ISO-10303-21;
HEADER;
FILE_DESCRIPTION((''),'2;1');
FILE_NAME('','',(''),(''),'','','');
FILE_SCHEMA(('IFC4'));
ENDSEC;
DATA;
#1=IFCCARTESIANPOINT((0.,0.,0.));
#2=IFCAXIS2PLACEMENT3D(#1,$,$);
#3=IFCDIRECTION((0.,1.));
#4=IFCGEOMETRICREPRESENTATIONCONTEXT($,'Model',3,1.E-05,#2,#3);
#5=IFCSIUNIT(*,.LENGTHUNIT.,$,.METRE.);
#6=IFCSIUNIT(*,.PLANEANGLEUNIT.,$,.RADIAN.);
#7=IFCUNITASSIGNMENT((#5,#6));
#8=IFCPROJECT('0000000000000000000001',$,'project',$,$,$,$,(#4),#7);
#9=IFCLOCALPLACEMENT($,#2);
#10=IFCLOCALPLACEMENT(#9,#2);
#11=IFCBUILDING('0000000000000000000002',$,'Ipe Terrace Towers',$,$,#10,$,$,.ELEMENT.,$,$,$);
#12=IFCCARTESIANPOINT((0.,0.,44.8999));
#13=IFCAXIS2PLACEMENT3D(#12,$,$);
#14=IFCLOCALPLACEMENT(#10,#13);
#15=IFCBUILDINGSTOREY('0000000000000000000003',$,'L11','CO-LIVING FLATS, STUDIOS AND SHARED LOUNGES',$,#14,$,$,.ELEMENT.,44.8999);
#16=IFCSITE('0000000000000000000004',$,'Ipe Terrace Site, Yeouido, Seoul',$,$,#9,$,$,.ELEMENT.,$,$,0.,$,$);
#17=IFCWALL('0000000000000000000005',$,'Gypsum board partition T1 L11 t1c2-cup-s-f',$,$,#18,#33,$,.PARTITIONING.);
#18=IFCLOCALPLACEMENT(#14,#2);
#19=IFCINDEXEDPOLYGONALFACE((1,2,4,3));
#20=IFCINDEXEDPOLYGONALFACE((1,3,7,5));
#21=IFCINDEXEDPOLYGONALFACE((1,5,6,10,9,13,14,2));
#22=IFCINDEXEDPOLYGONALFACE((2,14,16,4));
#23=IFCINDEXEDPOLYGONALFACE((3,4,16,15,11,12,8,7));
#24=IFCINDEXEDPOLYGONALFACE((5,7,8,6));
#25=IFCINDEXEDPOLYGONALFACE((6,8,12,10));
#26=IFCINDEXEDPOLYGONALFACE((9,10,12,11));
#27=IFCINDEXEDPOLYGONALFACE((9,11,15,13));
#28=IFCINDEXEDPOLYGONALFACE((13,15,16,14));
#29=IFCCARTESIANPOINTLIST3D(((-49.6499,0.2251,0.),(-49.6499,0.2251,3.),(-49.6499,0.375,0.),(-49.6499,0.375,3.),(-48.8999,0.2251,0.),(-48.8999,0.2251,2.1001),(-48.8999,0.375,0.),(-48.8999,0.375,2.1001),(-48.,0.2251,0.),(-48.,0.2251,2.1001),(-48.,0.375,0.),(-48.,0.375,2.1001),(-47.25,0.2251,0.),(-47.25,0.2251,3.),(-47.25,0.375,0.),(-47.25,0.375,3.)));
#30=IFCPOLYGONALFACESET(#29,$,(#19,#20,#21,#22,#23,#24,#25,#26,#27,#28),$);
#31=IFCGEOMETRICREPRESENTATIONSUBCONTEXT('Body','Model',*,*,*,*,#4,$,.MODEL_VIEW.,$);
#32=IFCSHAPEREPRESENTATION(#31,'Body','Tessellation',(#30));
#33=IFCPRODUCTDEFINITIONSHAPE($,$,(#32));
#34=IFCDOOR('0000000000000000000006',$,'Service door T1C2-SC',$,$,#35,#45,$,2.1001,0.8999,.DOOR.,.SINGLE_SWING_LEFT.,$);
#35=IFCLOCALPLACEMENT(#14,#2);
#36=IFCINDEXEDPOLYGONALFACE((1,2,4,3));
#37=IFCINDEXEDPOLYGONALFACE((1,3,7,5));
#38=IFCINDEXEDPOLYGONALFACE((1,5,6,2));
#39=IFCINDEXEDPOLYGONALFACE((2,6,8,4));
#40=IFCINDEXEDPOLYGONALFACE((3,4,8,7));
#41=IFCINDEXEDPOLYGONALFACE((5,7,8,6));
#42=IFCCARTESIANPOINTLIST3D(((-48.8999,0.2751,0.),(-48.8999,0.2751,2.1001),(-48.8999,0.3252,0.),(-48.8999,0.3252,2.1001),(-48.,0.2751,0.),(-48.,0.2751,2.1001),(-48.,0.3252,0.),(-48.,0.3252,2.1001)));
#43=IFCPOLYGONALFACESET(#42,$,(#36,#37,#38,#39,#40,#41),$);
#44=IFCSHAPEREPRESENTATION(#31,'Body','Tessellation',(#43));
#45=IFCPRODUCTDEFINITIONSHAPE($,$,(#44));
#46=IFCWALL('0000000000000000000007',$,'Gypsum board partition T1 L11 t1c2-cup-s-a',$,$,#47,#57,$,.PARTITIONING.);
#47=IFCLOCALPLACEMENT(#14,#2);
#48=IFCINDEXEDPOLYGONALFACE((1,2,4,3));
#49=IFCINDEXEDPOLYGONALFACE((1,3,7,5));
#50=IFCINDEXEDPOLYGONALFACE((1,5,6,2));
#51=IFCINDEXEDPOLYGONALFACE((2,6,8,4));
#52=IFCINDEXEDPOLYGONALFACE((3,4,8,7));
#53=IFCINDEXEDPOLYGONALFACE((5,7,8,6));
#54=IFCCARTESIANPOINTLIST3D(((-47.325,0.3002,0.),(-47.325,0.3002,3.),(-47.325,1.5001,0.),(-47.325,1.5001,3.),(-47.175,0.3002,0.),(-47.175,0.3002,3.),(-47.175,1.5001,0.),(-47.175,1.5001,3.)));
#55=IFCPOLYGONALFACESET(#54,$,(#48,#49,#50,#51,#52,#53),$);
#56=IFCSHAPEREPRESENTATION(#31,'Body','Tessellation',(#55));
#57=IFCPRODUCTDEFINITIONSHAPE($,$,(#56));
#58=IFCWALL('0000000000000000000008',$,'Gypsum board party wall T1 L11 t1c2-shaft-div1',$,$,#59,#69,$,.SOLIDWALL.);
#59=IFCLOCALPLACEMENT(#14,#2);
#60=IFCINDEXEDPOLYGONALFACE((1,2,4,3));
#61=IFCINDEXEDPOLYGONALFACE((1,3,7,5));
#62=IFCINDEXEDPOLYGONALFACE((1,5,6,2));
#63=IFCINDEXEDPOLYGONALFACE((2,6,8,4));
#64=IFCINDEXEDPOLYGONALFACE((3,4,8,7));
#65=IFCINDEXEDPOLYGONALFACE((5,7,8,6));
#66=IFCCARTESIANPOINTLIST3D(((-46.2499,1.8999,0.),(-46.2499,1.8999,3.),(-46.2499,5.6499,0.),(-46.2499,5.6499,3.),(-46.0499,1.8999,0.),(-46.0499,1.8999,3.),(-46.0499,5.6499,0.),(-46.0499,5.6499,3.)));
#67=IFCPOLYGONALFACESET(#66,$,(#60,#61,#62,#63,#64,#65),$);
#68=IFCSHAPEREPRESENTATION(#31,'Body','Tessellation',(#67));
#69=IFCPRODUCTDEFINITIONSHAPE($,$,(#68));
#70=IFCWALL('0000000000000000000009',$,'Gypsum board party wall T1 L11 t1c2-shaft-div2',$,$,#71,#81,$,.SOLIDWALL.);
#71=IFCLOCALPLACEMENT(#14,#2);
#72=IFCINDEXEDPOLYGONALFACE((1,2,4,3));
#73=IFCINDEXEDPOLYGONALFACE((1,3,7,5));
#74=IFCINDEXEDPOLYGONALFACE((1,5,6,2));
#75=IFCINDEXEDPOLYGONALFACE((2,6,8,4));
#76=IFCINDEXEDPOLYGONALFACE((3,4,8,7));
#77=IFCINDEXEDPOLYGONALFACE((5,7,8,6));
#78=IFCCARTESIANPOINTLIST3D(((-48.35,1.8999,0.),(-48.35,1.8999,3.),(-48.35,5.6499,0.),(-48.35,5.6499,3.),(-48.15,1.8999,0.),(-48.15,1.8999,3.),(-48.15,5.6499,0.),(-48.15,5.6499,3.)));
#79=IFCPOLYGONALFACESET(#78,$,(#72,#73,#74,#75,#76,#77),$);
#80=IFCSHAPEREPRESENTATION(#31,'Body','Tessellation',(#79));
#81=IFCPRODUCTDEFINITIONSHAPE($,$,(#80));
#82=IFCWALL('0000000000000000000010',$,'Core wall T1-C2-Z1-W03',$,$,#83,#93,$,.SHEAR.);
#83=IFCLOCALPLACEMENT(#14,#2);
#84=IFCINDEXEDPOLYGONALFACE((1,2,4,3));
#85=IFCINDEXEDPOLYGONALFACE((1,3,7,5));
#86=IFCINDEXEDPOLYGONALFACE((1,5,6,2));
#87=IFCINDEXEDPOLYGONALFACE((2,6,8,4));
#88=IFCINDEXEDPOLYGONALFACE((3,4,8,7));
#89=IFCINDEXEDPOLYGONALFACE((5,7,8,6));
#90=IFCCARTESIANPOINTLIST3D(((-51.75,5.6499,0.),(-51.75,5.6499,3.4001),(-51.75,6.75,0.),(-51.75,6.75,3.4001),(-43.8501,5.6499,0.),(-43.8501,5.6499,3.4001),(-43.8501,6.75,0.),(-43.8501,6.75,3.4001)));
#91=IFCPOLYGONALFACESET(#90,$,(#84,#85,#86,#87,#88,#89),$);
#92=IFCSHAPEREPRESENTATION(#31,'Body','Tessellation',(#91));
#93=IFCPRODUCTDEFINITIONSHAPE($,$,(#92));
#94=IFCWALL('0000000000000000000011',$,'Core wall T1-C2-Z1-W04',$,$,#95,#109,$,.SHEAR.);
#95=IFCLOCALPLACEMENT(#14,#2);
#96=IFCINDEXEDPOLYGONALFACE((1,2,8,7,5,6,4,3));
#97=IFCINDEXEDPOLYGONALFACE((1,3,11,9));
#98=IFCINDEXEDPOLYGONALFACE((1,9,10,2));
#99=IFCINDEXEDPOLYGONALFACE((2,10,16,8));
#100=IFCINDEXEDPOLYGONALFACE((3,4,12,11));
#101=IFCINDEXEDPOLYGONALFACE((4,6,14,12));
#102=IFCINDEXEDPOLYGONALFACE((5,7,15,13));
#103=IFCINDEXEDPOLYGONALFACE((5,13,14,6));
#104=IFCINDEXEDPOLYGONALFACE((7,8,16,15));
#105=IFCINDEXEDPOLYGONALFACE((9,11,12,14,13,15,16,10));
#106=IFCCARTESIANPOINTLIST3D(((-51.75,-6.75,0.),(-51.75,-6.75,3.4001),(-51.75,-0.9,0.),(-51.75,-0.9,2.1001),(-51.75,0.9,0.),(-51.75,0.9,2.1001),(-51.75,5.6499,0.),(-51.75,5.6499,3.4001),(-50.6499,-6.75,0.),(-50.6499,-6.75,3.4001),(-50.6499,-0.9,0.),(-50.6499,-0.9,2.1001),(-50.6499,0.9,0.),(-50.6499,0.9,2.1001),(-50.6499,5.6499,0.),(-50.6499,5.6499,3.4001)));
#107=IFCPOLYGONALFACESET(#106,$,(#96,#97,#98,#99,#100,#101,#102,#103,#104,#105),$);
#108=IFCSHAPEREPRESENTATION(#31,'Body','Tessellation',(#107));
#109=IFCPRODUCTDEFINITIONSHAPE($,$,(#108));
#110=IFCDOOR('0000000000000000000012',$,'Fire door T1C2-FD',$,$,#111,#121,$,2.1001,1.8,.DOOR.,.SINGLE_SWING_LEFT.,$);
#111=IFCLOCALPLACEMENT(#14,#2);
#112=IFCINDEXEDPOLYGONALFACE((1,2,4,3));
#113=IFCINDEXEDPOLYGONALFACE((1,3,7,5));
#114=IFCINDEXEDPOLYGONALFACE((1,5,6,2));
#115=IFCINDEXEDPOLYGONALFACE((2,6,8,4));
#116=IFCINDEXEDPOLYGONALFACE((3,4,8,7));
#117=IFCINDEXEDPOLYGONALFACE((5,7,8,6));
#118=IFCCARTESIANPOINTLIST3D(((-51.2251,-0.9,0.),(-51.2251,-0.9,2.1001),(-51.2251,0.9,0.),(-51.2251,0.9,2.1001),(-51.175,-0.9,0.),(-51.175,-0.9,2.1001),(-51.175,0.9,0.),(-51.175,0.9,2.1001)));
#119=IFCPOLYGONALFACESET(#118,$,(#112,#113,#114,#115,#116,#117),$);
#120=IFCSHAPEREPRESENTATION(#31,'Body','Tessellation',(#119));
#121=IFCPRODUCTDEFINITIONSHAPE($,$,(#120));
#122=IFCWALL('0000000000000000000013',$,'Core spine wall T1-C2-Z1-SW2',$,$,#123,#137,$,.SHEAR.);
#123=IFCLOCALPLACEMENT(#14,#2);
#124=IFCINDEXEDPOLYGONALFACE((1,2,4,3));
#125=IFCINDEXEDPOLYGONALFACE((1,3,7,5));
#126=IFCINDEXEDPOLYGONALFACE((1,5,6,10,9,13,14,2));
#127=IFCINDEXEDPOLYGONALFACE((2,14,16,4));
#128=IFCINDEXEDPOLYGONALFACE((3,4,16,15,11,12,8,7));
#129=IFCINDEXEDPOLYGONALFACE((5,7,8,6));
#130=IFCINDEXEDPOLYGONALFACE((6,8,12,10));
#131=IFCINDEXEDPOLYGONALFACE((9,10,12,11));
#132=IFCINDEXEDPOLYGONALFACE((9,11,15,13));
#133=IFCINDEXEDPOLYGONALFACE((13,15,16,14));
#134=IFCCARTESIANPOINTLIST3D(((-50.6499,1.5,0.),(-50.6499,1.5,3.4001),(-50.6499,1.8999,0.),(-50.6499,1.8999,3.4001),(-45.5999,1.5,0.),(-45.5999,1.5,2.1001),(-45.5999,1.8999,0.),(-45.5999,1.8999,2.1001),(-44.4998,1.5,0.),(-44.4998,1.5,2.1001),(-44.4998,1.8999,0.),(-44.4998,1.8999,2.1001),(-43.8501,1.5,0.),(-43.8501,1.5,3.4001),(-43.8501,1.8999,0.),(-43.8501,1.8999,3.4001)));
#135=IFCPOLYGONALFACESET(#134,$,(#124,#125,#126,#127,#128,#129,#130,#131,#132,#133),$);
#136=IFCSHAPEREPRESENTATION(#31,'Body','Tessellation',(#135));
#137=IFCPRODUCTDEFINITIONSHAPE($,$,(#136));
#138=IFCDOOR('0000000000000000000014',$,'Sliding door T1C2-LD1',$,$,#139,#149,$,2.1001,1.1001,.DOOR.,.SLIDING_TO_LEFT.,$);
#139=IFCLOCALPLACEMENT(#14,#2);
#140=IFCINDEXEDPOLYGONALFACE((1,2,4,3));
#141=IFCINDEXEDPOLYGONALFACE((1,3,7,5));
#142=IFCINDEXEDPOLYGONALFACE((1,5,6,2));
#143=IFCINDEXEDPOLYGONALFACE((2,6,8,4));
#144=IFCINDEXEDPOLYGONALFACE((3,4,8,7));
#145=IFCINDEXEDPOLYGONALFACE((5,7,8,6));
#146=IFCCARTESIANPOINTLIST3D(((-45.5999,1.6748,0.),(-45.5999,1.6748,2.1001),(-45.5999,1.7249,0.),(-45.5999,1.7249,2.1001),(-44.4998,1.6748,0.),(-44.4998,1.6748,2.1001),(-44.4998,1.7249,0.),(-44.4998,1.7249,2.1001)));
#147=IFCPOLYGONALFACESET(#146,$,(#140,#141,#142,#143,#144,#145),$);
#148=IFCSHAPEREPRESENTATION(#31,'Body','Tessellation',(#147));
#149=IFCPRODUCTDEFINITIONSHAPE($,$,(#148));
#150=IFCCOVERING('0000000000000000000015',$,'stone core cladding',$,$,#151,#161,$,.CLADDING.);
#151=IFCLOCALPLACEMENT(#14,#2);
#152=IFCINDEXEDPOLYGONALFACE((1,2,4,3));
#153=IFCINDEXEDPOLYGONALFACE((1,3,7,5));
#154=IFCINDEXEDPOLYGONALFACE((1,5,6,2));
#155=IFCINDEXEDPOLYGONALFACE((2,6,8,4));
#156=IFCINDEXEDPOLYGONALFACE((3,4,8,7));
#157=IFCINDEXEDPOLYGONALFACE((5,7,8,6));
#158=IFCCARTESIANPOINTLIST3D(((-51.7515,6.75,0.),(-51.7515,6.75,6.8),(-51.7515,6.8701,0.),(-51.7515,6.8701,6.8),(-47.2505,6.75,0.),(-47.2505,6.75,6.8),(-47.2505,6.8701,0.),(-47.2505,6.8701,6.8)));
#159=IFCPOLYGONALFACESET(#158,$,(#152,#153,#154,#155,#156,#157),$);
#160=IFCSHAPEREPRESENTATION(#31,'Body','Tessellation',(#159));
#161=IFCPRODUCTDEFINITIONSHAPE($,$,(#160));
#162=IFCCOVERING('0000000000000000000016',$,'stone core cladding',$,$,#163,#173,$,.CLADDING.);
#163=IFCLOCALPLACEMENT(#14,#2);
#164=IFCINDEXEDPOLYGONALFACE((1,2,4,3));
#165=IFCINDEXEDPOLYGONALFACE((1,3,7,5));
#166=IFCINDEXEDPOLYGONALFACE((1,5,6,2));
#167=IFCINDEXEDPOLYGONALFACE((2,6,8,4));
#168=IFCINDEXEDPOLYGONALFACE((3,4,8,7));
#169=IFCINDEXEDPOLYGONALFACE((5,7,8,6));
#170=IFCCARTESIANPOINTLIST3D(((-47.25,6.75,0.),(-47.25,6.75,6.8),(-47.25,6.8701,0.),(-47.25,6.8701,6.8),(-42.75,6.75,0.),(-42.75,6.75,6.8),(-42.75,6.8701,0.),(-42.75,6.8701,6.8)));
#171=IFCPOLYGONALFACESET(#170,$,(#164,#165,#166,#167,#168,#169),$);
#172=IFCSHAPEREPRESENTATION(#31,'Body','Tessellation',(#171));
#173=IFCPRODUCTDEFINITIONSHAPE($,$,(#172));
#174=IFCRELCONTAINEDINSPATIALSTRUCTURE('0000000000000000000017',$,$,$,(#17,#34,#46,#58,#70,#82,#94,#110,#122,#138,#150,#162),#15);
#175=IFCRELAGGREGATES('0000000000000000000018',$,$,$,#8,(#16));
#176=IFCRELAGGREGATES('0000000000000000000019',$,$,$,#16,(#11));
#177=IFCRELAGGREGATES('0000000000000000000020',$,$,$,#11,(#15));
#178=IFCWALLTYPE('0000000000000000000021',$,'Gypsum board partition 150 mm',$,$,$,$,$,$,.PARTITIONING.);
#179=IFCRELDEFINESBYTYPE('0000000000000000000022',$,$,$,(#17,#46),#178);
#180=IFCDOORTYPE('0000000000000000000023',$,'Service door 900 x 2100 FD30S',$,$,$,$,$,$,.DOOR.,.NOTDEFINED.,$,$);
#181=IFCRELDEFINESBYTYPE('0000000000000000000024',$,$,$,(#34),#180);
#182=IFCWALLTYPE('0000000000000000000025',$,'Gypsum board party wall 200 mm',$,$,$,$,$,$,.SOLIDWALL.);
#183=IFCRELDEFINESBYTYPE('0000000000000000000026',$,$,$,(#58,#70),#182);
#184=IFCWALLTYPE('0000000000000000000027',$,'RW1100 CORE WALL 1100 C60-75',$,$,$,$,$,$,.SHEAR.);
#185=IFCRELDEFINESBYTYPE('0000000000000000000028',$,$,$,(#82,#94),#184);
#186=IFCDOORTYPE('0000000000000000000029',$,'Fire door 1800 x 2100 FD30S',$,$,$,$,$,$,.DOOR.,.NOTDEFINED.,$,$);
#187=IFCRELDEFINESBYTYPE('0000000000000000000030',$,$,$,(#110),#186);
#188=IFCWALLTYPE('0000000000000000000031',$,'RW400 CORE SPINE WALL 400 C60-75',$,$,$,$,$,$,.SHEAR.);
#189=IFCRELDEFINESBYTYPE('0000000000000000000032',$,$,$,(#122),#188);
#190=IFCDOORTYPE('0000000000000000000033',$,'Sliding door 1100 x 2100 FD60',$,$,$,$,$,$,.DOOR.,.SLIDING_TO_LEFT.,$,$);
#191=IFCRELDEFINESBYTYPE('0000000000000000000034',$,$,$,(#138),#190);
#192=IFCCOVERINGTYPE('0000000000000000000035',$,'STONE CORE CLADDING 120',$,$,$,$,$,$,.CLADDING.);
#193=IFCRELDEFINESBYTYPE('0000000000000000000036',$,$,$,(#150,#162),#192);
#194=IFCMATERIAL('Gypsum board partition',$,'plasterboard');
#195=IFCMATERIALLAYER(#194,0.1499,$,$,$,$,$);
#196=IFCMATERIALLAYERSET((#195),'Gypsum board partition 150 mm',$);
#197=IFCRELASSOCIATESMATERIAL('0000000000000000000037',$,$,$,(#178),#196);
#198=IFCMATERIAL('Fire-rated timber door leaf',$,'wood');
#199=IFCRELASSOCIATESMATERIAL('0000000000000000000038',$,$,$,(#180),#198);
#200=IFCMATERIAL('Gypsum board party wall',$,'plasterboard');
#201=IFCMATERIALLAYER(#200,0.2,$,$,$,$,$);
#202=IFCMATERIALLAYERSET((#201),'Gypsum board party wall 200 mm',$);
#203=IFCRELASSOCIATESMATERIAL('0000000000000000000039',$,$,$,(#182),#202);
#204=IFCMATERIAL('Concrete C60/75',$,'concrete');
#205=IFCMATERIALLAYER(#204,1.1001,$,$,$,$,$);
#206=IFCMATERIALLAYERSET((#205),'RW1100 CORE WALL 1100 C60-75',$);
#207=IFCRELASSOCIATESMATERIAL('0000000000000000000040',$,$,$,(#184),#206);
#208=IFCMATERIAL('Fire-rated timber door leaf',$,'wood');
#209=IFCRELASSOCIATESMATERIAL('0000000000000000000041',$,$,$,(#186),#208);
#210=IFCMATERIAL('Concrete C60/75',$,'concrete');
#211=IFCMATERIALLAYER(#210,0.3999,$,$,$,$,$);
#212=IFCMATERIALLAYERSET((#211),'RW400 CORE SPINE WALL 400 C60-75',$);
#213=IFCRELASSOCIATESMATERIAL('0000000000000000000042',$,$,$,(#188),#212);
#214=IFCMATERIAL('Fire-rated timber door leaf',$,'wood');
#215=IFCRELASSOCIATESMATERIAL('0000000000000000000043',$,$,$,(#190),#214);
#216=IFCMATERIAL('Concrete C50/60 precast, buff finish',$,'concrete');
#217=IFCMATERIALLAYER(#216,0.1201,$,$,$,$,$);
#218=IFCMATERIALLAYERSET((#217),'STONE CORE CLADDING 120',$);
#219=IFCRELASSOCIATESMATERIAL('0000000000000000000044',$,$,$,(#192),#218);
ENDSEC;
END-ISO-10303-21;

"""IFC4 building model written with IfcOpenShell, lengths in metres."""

from ifc_helpers import new_model, si_unit, direction, frame, frame_2d, origin, origin_2d, place, context, subcontext, project, spatial, rectangle, extrude, material, layer, layer_set, type_object, element, fill, save


model = new_model("IFC4")

# Units and contexts
model_context = context("Model", 3, precision=1e-05, world=origin(), true_north=direction((0.0, 1.0)))
body_context = subcontext(model_context, "Body", "Model", "MODEL_VIEW")
ifc_project = project(units=[si_unit("LENGTHUNIT", "METRE"), si_unit("PLANEANGLEUNIT", "RADIAN")], contexts=[model_context])

# Site, building, storey
site_placement = place(None, origin())
site = spatial("IfcSite", under=ifc_project, at=site_placement, Name="Ipe Terrace Site, Yeouido, Seoul", CompositionType="ELEMENT", RefElevation=0.0)
building_placement = place(site_placement, origin())
building = spatial("IfcBuilding", under=site, at=building_placement, Name="Ipe Terrace Towers", CompositionType="ELEMENT")
storey_placement = place(building_placement, frame((0.0, 0.0, 44.8999)))
storey = spatial("IfcBuildingStorey", under=building, at=storey_placement, Name="L11", Description="CO-LIVING FLATS, STUDIOS AND SHARED LOUNGES", CompositionType="ELEMENT", Elevation=44.8999)

# Wall, opening, door
ifc_material_1 = material(Name="Gypsum board partition", Category="plasterboard")
ifc_layer_1 = layer(ifc_material_1, 0.1499)
ifc_layer_set_1 = layer_set([ifc_layer_1], Name="Gypsum board partition 150 mm")
wall_type_1 = type_object("IfcWallType", Name="Gypsum board partition 150 mm", PredefinedType="PARTITIONING", material=ifc_layer_set_1)
wall_1_placement = place(storey_placement, frame((-47.25, 0.3, 0.0), z_axis=(0.0, 0.0, 1.0), x_axis=(-1.0, 0.0, 0.0)))
wall_1 = element("IfcWall", 1, at=wall_1_placement, inside=storey, type_object=wall_type_1, Name="Gypsum board partition T1 L11 t1c2-cup-s-f", PredefinedType="PARTITIONING", context=body_context, shape_type="SweptSolid", body=[
    extrude(rectangle(XDim=2.3999, YDim=0.1499, at=frame_2d((1.2, 0.0))), origin(), (0.0, 0.0, 1.0), 3.0),
])
opening_1_placement = place(wall_1_placement, frame((0.75, 0.0, 0.0)))
opening_1 = element("IfcOpeningElement", 2, at=opening_1_placement, cuts=wall_1, PredefinedType="OPENING", context=body_context, shape_type="SweptSolid", body=[
    extrude(rectangle(XDim=0.8999, YDim=2.1001, at=frame_2d((0.45, 1.05))), frame((0.0, 0.085, 0.0), z_axis=(0.0, -1.0, 0.0), x_axis=(1.0, 0.0, 0.0)), (0.0, 0.0, 1.0), 0.1699),
])
ifc_material_2 = material(Name="Fire-rated timber door leaf", Category="wood")
door_type_1 = type_object("IfcDoorType", Name="Service door 900 x 2100 FD30S", OperationType="NOTDEFINED", PredefinedType="DOOR", material=ifc_material_2)
door_1_placement = place(opening_1_placement, origin())
door_1 = element("IfcDoor", 3, at=door_1_placement, inside=storey, type_object=door_type_1, Name="Service door T1C2-SC", OperationType="SINGLE_SWING_LEFT", OverallHeight=2.1001, OverallWidth=0.8999, PredefinedType="DOOR", context=body_context, shape_type="SweptSolid", body=[
    extrude(rectangle(XDim=0.8999, YDim=2.1001, at=frame_2d((0.45, 1.05))), frame((0.0, 0.0249, 0.0), z_axis=(0.0, -1.0, 0.0), x_axis=(1.0, 0.0, 0.0)), (0.0, 0.0, 1.0), 0.05),
])
fill(opening_1, door_1)

# Walls
wall_2_placement = place(storey_placement, frame((-47.25, 0.3, 0.0), z_axis=(0.0, 0.0, 1.0), x_axis=(0.0, 1.0, 0.0)))
element("IfcWall", 4, at=wall_2_placement, inside=storey, type_object=wall_type_1, Name="Gypsum board partition T1 L11 t1c2-cup-s-a", PredefinedType="PARTITIONING", context=body_context, shape_type="SweptSolid", body=[
    extrude(rectangle(XDim=1.2, YDim=0.1499, at=frame_2d((0.6001, 0.0))), origin(), (0.0, 0.0, 1.0), 3.0),
])
ifc_material_3 = material(Name="Gypsum board party wall", Category="plasterboard")
ifc_layer_2 = layer(ifc_material_3, 0.2)
ifc_layer_set_2 = layer_set([ifc_layer_2], Name="Gypsum board party wall 200 mm")
wall_type_2 = type_object("IfcWallType", Name="Gypsum board party wall 200 mm", PredefinedType="SOLIDWALL", material=ifc_layer_set_2)
for number, where, z_axis, x_axis, name in (
    (5, (-46.1499, 5.6499, 0.0), (0.0, 0.0, 1.0), (0.0, -1.0, 0.0), "Gypsum board party wall T1 L11 t1c2-shaft-div1"),
    (6, (-48.25, 5.6499, 0.0), (0.0, 0.0, 1.0), (0.0, -1.0, 0.0), "Gypsum board party wall T1 L11 t1c2-shaft-div2"),
):
    element("IfcWall", number, at=place(storey_placement, frame(where, z_axis=z_axis, x_axis=x_axis)), inside=storey, type_object=wall_type_2, Name=name, PredefinedType="SOLIDWALL", context=body_context, shape_type="SweptSolid", body=[
        extrude(rectangle(XDim=3.75, YDim=0.2, at=frame_2d((1.875, 0.0))), origin(), (0.0, 0.0, 1.0), 3.0),
    ])
ifc_material_4 = material(Name="Concrete C60/75", Category="concrete")
ifc_layer_3 = layer(ifc_material_4, 1.1001)
ifc_layer_set_3 = layer_set([ifc_layer_3], Name="RW1100 CORE WALL 1100 C60-75")
wall_type_3 = type_object("IfcWallType", Name="RW1100 CORE WALL 1100 C60-75", PredefinedType="SHEAR", material=ifc_layer_set_3)
wall_3_placement = place(storey_placement, frame((-43.8501, 6.2, 0.0), z_axis=(0.0, 0.0, 1.0), x_axis=(-1.0, 0.0, 0.0)))
element("IfcWall", 7, at=wall_3_placement, inside=storey, type_object=wall_type_3, Name="Core wall T1-C2-Z1-W03", PredefinedType="SHEAR", context=body_context, shape_type="SweptSolid", body=[
    extrude(rectangle(XDim=7.8999, YDim=1.1001, at=frame_2d((3.95, 0.0))), origin(), (0.0, 0.0, 1.0), 3.4001),
])

# Walls, openings, doors
wall_4_placement = place(storey_placement, frame((-51.2, 5.6499, 0.0), z_axis=(0.0, 0.0, 1.0), x_axis=(0.0, -1.0, 0.0)))
wall_4 = element("IfcWall", 8, at=wall_4_placement, inside=storey, type_object=wall_type_3, Name="Core wall T1-C2-Z1-W04", PredefinedType="SHEAR", context=body_context, shape_type="SweptSolid", body=[
    extrude(rectangle(XDim=12.3999, YDim=1.1001, at=frame_2d((6.2, 0.0))), origin(), (0.0, 0.0, 1.0), 3.4001),
])
opening_2_placement = place(wall_4_placement, frame((4.75, 0.0, 0.0)))
opening_2 = element("IfcOpeningElement", 9, at=opening_2_placement, cuts=wall_4, PredefinedType="OPENING", context=body_context, shape_type="SweptSolid", body=[
    extrude(rectangle(XDim=1.8, YDim=2.1001, at=frame_2d((0.8999, 1.05))), frame((0.0, 0.5601, 0.0), z_axis=(0.0, -1.0, 0.0), x_axis=(1.0, 0.0, 0.0)), (0.0, 0.0, 1.0), 1.1201),
])
ifc_material_5 = material(Name="Fire-rated timber door leaf", Category="wood")
door_type_2 = type_object("IfcDoorType", Name="Fire door 1800 x 2100 FD30S", OperationType="NOTDEFINED", PredefinedType="DOOR", material=ifc_material_5)
door_2_placement = place(opening_2_placement, origin())
door_2 = element("IfcDoor", 10, at=door_2_placement, inside=storey, type_object=door_type_2, Name="Fire door T1C2-FD", OperationType="SINGLE_SWING_LEFT", OverallHeight=2.1001, OverallWidth=1.8, PredefinedType="DOOR", context=body_context, shape_type="SweptSolid", body=[
    extrude(rectangle(XDim=1.8, YDim=2.1001, at=frame_2d((0.8999, 1.05))), frame((0.0, 0.0249, 0.0), z_axis=(0.0, -1.0, 0.0), x_axis=(1.0, 0.0, 0.0)), (0.0, 0.0, 1.0), 0.05),
])
fill(opening_2, door_2)
ifc_material_6 = material(Name="Concrete C60/75", Category="concrete")
ifc_layer_4 = layer(ifc_material_6, 0.3999)
ifc_layer_set_4 = layer_set([ifc_layer_4], Name="RW400 CORE SPINE WALL 400 C60-75")
wall_type_4 = type_object("IfcWallType", Name="RW400 CORE SPINE WALL 400 C60-75", PredefinedType="SHEAR", material=ifc_layer_set_4)
wall_5_placement = place(storey_placement, frame((-50.6499, 1.7, 0.0), z_axis=(0.0, 0.0, 1.0), x_axis=(1.0, 0.0, 0.0)))
wall_5 = element("IfcWall", 11, at=wall_5_placement, inside=storey, type_object=wall_type_4, Name="Core spine wall T1-C2-Z1-SW2", PredefinedType="SHEAR", context=body_context, shape_type="SweptSolid", body=[
    extrude(rectangle(XDim=6.7998, YDim=0.3999, at=frame_2d((3.3999, 0.0))), origin(), (0.0, 0.0, 1.0), 3.4001),
])
opening_3_placement = place(wall_5_placement, frame((5.05, 0.0, 0.0)))
opening_3 = element("IfcOpeningElement", 12, at=opening_3_placement, cuts=wall_5, PredefinedType="OPENING", context=body_context, shape_type="SweptSolid", body=[
    extrude(rectangle(XDim=1.1001, YDim=2.1001, at=frame_2d((0.55, 1.05))), frame((0.0, 0.21, 0.0), z_axis=(0.0, -1.0, 0.0), x_axis=(1.0, 0.0, 0.0)), (0.0, 0.0, 1.0), 0.4199),
])
ifc_material_7 = material(Name="Fire-rated timber door leaf", Category="wood")
door_type_3 = type_object("IfcDoorType", Name="Sliding door 1100 x 2100 FD60", OperationType="SLIDING_TO_LEFT", PredefinedType="DOOR", material=ifc_material_7)
door_3_placement = place(opening_3_placement, origin())
door_3 = element("IfcDoor", 13, at=door_3_placement, inside=storey, type_object=door_type_3, Name="Sliding door T1C2-LD1", OperationType="SLIDING_TO_LEFT", OverallHeight=2.1001, OverallWidth=1.1001, PredefinedType="DOOR", context=body_context, shape_type="SweptSolid", body=[
    extrude(rectangle(XDim=1.1001, YDim=2.1001, at=frame_2d((0.55, 1.05))), frame((0.0, 0.0249, 0.0), z_axis=(0.0, -1.0, 0.0), x_axis=(1.0, 0.0, 0.0)), (0.0, 0.0, 1.0), 0.05),
])
fill(opening_3, door_3)

# Coverings
ifc_material_8 = material(Name="Concrete C50/60 precast, buff finish", Category="concrete")
ifc_layer_5 = layer(ifc_material_8, 0.1201)
ifc_layer_set_5 = layer_set([ifc_layer_5], Name="STONE CORE CLADDING 120")
covering_type_1 = type_object("IfcCoveringType", Name="STONE CORE CLADDING 120", PredefinedType="CLADDING", material=ifc_layer_set_5)
covering_1_placement = place(storey_placement, frame((-49.501, 6.8101, 0.0), z_axis=(0.0, 0.0, 1.0), x_axis=(-1.0, 0.0, 0.0)))
element("IfcCovering", 14, at=covering_1_placement, inside=storey, type_object=covering_type_1, Name="stone core cladding", PredefinedType="CLADDING", context=body_context, shape_type="SweptSolid", body=[
    extrude(rectangle(XDim=4.501, YDim=0.1201, at=origin_2d()), origin(), (0.0, 0.0, 1.0), 6.8),
])
covering_2_placement = place(storey_placement, frame((-45.0, 6.8101, 0.0), z_axis=(0.0, 0.0, 1.0), x_axis=(-1.0, 0.0, 0.0)))
element("IfcCovering", 15, at=covering_2_placement, inside=storey, type_object=covering_type_1, Name="stone core cladding", PredefinedType="CLADDING", context=body_context, shape_type="SweptSolid", body=[
    extrude(rectangle(XDim=4.5, YDim=0.1201, at=origin_2d()), origin(), (0.0, 0.0, 1.0), 6.8),
])

save(model, "model.ifc")
